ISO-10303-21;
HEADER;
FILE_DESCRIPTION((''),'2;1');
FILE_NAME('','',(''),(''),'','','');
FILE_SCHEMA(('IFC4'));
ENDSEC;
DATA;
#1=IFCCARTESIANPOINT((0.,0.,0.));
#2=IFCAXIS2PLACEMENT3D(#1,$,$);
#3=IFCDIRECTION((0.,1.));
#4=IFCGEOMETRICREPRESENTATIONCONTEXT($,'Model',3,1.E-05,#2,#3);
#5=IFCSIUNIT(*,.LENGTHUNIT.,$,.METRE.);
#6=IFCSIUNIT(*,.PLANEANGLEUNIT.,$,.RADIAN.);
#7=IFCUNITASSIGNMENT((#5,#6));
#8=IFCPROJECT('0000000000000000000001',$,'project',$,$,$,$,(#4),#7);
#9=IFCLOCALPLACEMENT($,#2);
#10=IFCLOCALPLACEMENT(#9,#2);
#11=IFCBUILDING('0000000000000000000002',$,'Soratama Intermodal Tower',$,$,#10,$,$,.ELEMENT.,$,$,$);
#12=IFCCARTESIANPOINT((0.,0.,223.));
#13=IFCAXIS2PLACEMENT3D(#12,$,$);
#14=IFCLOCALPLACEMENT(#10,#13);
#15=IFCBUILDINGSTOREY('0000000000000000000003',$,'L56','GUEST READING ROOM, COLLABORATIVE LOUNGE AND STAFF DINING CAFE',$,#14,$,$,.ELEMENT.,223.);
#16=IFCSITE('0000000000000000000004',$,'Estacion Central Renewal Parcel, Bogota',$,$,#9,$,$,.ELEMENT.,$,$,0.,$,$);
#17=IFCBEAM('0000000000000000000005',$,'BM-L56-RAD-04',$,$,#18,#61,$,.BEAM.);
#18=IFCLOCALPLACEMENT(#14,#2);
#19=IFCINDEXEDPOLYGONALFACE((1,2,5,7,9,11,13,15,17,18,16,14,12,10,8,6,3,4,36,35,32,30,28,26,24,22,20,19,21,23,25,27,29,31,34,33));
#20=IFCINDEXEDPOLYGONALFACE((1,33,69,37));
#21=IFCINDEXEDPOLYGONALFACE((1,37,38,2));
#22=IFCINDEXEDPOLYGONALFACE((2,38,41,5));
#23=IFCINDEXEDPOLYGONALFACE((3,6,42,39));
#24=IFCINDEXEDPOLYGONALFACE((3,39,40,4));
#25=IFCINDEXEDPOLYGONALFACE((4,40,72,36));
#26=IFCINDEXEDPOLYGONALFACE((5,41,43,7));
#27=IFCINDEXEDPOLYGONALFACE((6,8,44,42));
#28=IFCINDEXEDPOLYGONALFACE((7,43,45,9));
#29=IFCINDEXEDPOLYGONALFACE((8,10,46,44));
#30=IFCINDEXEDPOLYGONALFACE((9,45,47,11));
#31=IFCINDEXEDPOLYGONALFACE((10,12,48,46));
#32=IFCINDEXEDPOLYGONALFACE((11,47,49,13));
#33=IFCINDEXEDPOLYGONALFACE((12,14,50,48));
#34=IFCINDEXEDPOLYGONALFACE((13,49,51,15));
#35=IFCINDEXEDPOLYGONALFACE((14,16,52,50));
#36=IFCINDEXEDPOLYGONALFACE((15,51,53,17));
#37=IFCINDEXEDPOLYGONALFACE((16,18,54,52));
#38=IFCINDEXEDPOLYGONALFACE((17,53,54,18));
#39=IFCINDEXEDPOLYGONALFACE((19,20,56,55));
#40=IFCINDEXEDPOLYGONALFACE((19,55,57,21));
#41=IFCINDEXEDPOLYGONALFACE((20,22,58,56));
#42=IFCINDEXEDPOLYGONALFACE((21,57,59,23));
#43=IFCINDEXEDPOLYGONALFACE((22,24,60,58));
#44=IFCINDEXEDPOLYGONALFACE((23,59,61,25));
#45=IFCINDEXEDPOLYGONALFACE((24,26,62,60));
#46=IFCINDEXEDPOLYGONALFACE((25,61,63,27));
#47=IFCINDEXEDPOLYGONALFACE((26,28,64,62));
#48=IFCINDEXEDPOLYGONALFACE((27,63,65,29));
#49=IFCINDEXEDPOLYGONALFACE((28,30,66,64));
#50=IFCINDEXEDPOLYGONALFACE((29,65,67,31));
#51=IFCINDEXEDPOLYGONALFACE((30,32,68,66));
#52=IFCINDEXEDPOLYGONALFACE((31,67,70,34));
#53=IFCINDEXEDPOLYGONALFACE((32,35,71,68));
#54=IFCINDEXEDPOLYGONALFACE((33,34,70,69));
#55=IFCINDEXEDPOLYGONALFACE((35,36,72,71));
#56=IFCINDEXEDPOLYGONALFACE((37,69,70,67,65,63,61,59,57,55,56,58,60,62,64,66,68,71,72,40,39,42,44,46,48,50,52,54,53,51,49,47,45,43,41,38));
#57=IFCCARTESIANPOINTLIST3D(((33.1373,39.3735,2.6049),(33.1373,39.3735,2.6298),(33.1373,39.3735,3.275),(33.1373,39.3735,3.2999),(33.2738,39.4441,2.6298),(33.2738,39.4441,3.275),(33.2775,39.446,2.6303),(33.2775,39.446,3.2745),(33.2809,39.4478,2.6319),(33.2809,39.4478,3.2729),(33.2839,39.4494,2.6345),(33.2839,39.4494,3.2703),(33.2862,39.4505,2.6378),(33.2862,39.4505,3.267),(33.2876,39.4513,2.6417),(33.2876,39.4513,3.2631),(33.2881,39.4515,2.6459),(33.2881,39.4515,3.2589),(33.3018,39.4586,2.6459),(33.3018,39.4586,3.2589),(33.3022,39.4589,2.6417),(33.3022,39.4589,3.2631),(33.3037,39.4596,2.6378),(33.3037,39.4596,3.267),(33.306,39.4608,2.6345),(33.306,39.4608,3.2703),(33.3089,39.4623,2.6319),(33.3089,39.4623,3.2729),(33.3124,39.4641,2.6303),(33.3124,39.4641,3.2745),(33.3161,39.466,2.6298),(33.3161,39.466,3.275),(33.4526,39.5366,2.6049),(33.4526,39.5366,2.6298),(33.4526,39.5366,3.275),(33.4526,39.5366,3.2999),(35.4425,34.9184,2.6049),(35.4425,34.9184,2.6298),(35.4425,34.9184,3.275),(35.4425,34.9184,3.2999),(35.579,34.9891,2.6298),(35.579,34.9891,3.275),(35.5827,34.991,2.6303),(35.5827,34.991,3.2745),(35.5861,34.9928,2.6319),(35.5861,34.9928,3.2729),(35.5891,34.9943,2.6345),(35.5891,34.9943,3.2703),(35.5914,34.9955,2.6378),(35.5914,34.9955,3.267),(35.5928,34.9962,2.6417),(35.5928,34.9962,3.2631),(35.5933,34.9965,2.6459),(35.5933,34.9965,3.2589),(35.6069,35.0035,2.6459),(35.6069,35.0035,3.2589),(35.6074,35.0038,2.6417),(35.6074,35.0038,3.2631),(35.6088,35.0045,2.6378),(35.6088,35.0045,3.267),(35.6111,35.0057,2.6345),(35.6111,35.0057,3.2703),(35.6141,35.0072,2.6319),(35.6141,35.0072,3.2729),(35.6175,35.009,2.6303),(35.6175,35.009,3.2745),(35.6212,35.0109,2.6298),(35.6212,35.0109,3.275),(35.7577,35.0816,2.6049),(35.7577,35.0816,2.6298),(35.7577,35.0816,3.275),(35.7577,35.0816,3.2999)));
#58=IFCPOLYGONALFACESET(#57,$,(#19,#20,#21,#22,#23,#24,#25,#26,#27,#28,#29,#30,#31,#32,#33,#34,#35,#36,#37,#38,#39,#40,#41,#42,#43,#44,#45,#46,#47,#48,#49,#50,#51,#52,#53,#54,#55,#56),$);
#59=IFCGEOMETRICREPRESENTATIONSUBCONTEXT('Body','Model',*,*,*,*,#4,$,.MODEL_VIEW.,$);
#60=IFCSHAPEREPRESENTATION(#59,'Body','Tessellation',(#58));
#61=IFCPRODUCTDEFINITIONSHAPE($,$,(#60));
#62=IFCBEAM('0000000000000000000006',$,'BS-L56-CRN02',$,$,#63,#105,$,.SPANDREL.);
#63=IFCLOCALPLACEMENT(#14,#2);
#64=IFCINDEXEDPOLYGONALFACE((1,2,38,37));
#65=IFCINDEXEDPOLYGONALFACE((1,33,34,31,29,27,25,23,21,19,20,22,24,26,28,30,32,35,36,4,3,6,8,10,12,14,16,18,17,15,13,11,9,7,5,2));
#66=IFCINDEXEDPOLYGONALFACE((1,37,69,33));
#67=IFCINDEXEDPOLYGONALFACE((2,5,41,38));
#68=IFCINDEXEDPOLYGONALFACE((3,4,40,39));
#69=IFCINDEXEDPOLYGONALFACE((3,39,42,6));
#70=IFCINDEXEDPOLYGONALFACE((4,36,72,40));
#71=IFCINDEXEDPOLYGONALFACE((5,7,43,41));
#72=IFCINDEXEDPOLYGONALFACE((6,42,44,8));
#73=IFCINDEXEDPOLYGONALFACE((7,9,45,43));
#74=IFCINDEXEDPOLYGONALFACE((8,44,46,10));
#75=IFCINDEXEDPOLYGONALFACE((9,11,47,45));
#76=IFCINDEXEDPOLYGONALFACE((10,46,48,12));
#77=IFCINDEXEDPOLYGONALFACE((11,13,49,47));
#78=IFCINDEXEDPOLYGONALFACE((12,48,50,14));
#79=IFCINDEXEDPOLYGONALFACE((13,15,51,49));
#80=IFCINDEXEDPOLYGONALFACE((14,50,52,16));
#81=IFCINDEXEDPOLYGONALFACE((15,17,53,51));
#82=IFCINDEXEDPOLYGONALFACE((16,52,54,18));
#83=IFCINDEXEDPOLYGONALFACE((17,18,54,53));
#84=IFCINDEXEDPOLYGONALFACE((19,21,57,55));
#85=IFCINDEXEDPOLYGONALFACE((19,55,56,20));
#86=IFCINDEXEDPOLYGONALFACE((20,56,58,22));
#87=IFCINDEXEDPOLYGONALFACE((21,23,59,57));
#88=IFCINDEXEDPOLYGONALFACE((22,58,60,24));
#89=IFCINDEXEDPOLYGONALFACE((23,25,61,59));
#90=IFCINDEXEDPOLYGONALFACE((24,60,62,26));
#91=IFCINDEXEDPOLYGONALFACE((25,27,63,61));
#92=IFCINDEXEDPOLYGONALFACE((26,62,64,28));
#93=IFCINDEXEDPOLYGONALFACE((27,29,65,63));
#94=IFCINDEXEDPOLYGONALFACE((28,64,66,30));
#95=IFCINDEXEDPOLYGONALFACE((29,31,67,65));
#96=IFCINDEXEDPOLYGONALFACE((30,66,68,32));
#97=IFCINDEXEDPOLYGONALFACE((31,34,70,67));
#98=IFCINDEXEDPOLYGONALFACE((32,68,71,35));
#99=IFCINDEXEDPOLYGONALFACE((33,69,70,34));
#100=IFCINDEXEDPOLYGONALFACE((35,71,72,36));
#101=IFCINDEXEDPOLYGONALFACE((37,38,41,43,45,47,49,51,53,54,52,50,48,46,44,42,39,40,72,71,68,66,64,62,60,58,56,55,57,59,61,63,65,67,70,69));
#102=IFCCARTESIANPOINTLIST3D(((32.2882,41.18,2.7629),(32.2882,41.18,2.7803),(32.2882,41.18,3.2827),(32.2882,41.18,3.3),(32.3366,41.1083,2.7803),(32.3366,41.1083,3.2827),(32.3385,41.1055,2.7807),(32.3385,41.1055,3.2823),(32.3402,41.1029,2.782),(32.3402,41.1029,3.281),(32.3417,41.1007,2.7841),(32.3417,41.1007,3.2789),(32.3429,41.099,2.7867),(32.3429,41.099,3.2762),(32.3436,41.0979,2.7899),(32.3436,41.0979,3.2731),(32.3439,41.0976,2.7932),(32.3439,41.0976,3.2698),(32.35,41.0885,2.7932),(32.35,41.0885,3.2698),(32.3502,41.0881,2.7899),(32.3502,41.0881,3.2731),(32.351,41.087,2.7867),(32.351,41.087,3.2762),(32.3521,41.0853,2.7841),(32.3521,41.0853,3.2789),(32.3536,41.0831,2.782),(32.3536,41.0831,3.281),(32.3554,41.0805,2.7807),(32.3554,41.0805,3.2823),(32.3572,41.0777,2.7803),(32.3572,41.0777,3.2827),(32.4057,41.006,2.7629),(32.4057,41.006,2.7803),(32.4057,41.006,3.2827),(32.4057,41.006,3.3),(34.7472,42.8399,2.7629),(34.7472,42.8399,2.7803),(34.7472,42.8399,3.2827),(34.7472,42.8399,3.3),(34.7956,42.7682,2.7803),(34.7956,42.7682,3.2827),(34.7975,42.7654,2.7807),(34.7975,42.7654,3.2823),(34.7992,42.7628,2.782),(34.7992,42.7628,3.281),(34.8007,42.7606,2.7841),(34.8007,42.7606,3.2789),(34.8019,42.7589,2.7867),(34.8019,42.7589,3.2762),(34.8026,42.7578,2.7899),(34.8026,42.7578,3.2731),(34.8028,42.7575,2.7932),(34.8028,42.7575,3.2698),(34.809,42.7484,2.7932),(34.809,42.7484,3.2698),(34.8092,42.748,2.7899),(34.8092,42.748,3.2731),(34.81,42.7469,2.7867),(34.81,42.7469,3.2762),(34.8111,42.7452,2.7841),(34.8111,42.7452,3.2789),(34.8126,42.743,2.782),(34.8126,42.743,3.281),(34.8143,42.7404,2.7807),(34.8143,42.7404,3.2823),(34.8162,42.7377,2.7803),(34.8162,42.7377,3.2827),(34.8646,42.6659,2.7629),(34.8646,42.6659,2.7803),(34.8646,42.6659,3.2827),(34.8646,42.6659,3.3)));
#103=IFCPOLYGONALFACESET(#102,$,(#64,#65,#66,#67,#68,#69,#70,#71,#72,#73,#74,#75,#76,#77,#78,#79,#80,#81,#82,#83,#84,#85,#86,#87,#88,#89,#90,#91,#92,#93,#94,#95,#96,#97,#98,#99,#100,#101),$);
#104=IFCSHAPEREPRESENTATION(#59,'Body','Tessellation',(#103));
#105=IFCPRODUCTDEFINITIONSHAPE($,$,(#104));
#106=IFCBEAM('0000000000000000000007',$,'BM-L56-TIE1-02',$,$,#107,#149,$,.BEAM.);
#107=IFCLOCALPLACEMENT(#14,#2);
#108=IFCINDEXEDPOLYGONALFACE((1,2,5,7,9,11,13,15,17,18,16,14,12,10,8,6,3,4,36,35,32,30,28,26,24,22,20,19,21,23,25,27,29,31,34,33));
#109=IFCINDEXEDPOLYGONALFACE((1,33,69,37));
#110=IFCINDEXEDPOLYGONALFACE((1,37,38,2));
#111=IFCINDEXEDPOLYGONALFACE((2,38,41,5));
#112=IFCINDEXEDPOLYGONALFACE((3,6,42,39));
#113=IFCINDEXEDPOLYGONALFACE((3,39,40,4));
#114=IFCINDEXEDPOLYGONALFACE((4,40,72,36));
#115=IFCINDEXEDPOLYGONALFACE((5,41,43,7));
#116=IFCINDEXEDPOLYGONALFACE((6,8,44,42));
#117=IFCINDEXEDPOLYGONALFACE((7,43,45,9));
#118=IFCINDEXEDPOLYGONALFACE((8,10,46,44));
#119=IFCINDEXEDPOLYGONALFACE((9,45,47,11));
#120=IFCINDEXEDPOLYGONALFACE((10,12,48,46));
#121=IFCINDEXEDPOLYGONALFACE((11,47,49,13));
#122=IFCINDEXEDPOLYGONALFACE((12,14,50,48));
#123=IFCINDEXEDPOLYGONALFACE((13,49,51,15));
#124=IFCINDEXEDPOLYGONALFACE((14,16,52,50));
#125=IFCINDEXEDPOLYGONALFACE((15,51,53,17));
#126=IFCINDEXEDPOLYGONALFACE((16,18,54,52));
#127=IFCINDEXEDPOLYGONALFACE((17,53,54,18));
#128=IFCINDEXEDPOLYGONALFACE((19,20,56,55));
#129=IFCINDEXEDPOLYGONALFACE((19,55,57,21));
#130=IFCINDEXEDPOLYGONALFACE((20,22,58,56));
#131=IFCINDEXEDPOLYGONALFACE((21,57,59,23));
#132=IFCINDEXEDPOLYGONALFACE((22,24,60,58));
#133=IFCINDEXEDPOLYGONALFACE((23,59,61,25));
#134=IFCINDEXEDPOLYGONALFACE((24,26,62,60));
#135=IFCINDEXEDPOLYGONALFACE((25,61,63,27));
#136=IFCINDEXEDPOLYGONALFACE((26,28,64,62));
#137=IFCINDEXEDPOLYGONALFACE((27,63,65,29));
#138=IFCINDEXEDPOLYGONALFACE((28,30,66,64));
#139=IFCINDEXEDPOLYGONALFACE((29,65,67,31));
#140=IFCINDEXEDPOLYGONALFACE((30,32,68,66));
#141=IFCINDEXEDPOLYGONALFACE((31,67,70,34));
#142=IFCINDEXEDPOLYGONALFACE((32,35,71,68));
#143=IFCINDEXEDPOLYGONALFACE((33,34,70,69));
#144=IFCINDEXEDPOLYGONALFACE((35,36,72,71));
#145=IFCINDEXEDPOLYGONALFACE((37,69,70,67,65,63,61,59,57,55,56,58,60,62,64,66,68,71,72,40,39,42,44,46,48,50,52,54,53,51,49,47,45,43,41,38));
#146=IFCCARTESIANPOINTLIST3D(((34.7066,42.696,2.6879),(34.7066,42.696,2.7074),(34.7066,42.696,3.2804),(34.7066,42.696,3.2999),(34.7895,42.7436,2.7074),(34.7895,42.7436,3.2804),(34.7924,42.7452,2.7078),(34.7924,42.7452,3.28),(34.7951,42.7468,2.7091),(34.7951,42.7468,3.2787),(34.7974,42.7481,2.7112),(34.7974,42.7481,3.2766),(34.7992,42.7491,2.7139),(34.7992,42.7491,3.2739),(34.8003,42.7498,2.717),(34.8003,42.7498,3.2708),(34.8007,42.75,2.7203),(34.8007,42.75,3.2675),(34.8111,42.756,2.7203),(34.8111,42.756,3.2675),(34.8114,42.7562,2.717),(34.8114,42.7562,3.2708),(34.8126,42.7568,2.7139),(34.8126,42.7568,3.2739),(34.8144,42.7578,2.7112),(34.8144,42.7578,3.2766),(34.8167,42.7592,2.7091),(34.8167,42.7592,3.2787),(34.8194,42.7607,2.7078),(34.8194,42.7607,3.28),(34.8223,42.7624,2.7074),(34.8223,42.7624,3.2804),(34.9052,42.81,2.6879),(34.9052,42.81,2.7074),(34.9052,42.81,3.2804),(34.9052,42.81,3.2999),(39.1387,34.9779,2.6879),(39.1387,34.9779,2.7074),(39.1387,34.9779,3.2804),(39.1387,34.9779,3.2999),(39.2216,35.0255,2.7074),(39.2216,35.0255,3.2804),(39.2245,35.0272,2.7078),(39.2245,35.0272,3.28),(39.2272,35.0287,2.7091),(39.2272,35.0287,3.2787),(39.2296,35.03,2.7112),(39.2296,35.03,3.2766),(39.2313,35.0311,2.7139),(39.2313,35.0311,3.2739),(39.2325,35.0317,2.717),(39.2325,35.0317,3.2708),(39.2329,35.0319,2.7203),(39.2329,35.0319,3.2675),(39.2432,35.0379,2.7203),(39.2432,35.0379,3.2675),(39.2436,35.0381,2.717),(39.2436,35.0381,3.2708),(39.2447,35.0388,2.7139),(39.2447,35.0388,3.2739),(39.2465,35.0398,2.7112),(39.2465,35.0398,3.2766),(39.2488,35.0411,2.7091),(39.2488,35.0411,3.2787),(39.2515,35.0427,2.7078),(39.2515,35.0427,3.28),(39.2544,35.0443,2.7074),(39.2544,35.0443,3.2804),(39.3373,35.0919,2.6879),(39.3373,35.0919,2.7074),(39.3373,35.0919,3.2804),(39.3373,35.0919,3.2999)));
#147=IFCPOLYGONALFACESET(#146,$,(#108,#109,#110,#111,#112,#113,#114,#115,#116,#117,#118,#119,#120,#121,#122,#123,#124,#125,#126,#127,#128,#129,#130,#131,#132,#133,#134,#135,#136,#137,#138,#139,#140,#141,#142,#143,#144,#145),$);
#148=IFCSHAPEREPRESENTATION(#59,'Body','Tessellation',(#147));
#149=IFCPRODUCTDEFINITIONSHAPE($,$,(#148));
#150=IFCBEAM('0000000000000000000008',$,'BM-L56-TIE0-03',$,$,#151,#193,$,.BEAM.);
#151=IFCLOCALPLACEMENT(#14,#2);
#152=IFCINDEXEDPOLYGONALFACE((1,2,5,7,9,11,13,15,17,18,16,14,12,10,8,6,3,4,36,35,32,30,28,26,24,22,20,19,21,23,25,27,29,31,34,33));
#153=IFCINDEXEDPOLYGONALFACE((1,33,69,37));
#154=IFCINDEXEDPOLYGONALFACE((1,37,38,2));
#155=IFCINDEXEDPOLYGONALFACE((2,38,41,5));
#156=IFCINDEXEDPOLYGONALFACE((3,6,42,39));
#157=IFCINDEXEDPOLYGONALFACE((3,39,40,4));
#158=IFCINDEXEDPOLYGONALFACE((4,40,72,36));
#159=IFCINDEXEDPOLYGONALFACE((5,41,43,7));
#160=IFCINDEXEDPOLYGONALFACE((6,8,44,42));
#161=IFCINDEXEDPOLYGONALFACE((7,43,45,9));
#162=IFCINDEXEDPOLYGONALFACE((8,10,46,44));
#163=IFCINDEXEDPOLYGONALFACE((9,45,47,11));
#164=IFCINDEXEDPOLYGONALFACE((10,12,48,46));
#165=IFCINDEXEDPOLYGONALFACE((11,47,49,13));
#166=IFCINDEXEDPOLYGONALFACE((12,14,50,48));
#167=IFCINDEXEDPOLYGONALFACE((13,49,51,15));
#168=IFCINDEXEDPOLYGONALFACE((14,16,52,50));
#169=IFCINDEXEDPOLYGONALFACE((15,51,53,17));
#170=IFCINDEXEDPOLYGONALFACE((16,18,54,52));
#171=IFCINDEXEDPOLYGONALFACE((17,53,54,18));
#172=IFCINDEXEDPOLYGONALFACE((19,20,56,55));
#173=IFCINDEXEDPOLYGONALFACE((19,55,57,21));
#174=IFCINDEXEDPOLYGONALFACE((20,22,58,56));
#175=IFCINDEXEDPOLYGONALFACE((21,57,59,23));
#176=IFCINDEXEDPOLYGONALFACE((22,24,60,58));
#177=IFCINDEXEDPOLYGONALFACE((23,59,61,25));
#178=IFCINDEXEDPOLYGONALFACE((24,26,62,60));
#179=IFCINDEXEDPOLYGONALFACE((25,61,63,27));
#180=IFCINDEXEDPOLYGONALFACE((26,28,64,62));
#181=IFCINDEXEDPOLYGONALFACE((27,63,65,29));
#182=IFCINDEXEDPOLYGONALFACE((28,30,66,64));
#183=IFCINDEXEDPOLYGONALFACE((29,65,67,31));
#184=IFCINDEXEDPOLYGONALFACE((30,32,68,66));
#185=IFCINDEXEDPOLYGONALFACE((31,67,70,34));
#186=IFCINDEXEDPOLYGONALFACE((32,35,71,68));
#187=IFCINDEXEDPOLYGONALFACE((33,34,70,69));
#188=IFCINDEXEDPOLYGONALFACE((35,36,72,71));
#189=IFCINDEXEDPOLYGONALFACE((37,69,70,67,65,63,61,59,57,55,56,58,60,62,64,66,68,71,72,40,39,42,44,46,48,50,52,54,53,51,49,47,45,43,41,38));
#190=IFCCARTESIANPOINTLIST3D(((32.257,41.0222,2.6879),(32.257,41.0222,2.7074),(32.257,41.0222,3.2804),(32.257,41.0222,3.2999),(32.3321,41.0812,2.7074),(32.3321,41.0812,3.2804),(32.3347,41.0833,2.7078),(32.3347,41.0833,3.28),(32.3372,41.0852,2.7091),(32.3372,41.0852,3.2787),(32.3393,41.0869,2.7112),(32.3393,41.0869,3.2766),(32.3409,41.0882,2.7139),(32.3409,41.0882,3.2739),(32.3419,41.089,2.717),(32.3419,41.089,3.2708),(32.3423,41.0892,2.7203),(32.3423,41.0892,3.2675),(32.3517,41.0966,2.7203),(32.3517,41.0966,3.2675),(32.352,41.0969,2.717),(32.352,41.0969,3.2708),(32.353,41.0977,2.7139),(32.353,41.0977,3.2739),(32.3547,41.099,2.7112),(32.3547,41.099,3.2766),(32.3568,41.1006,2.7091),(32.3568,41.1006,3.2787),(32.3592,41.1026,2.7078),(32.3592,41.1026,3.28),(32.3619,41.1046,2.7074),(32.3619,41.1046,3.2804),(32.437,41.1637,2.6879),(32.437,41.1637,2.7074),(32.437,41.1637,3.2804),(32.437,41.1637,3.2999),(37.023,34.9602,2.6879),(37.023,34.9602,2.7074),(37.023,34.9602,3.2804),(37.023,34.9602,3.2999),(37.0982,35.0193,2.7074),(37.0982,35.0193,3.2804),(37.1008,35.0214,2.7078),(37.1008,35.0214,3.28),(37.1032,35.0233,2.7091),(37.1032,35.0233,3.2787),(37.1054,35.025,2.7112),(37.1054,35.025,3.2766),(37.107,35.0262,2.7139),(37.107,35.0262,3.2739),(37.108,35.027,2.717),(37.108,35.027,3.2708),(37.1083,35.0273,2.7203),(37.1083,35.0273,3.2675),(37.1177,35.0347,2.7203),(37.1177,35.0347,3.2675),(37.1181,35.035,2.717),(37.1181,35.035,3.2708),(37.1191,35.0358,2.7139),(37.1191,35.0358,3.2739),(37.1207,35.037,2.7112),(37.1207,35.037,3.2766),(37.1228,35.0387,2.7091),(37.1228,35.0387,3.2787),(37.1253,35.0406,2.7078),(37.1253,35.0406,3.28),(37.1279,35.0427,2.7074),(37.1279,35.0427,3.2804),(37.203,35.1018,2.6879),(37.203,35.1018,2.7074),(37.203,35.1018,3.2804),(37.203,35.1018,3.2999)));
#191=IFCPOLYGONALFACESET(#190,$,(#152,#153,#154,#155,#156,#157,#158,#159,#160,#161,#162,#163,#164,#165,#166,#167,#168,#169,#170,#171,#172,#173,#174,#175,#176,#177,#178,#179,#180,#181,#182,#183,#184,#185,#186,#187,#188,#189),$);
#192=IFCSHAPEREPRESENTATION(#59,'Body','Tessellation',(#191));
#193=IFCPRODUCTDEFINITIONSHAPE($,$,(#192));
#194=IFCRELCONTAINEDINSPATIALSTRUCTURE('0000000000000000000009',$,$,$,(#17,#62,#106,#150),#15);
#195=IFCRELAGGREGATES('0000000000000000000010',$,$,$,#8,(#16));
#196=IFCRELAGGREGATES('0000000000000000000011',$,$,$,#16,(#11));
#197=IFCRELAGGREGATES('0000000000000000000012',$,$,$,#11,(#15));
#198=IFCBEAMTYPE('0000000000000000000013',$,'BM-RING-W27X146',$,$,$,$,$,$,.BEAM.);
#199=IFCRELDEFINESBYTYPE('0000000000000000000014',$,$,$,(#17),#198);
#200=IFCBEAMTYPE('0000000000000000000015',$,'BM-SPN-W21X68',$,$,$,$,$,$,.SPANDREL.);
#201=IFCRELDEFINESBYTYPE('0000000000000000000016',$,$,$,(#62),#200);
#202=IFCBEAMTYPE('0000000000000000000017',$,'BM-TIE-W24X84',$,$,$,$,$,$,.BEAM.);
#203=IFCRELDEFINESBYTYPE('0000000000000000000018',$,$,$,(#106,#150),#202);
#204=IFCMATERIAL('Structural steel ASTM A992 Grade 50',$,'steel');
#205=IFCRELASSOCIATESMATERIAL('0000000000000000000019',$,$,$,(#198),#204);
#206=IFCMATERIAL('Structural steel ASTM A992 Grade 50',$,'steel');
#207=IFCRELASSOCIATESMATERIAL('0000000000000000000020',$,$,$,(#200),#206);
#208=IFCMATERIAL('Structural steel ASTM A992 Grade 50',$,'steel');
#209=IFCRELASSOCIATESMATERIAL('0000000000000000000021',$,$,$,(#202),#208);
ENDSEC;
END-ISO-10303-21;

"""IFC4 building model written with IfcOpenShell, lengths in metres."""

from ifc_helpers import new_model, si_unit, direction, frame, origin, origin_2d, place, context, subcontext, project, spatial, i_section, extrude, material, material_profile, profile_set, type_object, element, save


model = new_model("IFC4")

# Units and contexts
model_context = context("Model", 3, precision=1e-05, world=origin(), true_north=direction((0.0, 1.0)))
body_context = subcontext(model_context, "Body", "Model", "MODEL_VIEW")
ifc_project = project(units=[si_unit("LENGTHUNIT", "METRE"), si_unit("PLANEANGLEUNIT", "RADIAN")], contexts=[model_context])

# Site, building, storey
site_placement = place(None, origin())
site = spatial("IfcSite", under=ifc_project, at=site_placement, Name="Estacion Central Renewal Parcel, Bogota", CompositionType="ELEMENT", RefElevation=0.0)
building_placement = place(site_placement, origin())
building = spatial("IfcBuilding", under=site, at=building_placement, Name="Soratama Intermodal Tower", CompositionType="ELEMENT")
storey_placement = place(building_placement, frame((0.0, 0.0, 223.0)))
storey = spatial("IfcBuildingStorey", under=building, at=storey_placement, Name="L56", Description="GUEST READING ROOM, COLLABORATIVE LOUNGE AND STAFF DINING CAFE", CompositionType="ELEMENT", Elevation=223.0)

# Beams
ifc_material_1 = material(Name="Structural steel ASTM A992 Grade 50", Category="steel")
ifc_material_profile_1 = material_profile(ifc_material_1, i_section(OverallWidth=0.355, OverallDepth=0.6951, WebThickness=0.0154, FlangeThickness=0.0249, FilletRadius=0.0161, at=origin_2d()), Name="W27X146")
ifc_profile_set_1 = profile_set([ifc_material_profile_1], Name="Structural steel ASTM A992 Grade 50")
beam_type_1 = type_object("IfcBeamType", Name="BM-RING-W27X146", PredefinedType="BEAM", material=ifc_profile_set_1)
beam_1_placement = place(storey_placement, frame((35.6001, 35.0, 2.9524), z_axis=(-0.459553, 0.888151, 0.0), x_axis=(-0.888151, -0.459553, 0.0)))
element("IfcBeam", 1, at=beam_1_placement, inside=storey, type_object=beam_type_1, Name="BM-L56-RAD-04", PredefinedType="BEAM", context=body_context, shape_type="SweptSolid", body=[
    extrude(i_section(OverallWidth=0.355, OverallDepth=0.6951, WebThickness=0.0154, FlangeThickness=0.0249, FilletRadius=0.0161, at=origin_2d()), origin(), (0.0, 0.0, 1.0), 5.0161),
])
ifc_material_2 = material(Name="Structural steel ASTM A992 Grade 50", Category="steel")
ifc_material_profile_2 = material_profile(ifc_material_2, i_section(OverallWidth=0.21, OverallDepth=0.5371, WebThickness=0.011, FlangeThickness=0.0173, FilletRadius=0.0129, at=origin_2d()), Name="W21X68")
ifc_profile_set_2 = profile_set([ifc_material_profile_2], Name="Structural steel ASTM A992 Grade 50")
beam_type_2 = type_object("IfcBeamType", Name="BM-SPN-W21X68", PredefinedType="SPANDREL", material=ifc_profile_set_2)
beam_2_placement = place(storey_placement, frame((34.8059, 42.7529, 3.0315), z_axis=(-0.828833, -0.559495, 0.0), x_axis=(0.559495, -0.828833, 0.0)))
element("IfcBeam", 2, at=beam_2_placement, inside=storey, type_object=beam_type_2, Name="BS-L56-CRN02", PredefinedType="SPANDREL", context=body_context, shape_type="SweptSolid", body=[
    extrude(i_section(OverallWidth=0.21, OverallDepth=0.5371, WebThickness=0.011, FlangeThickness=0.0173, FilletRadius=0.0129, at=origin_2d()), origin(), (0.0, 0.0, 1.0), 2.9668),
])
ifc_material_3 = material(Name="Structural steel ASTM A992 Grade 50", Category="steel")
ifc_material_profile_3 = material_profile(ifc_material_3, i_section(OverallWidth=0.229, OverallDepth=0.6121, WebThickness=0.012, FlangeThickness=0.0195, FilletRadius=0.0129, at=origin_2d()), Name="W24X84")
ifc_profile_set_3 = profile_set([ifc_material_profile_3], Name="Structural steel ASTM A992 Grade 50")
beam_type_3 = type_object("IfcBeamType", Name="BM-TIE-W24X84", PredefinedType="BEAM", material=ifc_profile_set_3)
beam_3_placement = place(storey_placement, frame((39.238, 35.0349, 2.9939), z_axis=(-0.497987, 0.867184, 0.0), x_axis=(-0.867184, -0.497987, 0.0)))
element("IfcBeam", 3, at=beam_3_placement, inside=storey, type_object=beam_type_3, Name="BM-L56-TIE1-02", PredefinedType="BEAM", context=body_context, shape_type="SweptSolid", body=[
    extrude(i_section(OverallWidth=0.229, OverallDepth=0.6121, WebThickness=0.012, FlangeThickness=0.0195, FilletRadius=0.0129, at=origin_2d()), origin(), (0.0, 0.0, 1.0), 8.9001),
])
beam_4_placement = place(storey_placement, frame((37.113, 35.031, 2.9939), z_axis=(-0.61807, 0.786123, 0.0), x_axis=(-0.786123, -0.61807, 0.0)))
element("IfcBeam", 4, at=beam_4_placement, inside=storey, type_object=beam_type_3, Name="BM-L56-TIE0-03", PredefinedType="BEAM", context=body_context, shape_type="SweptSolid", body=[
    extrude(i_section(OverallWidth=0.229, OverallDepth=0.6121, WebThickness=0.012, FlangeThickness=0.0195, FilletRadius=0.0129, at=origin_2d()), origin(), (0.0, 0.0, 1.0), 7.7112),
])

save(model, "model.ifc")
